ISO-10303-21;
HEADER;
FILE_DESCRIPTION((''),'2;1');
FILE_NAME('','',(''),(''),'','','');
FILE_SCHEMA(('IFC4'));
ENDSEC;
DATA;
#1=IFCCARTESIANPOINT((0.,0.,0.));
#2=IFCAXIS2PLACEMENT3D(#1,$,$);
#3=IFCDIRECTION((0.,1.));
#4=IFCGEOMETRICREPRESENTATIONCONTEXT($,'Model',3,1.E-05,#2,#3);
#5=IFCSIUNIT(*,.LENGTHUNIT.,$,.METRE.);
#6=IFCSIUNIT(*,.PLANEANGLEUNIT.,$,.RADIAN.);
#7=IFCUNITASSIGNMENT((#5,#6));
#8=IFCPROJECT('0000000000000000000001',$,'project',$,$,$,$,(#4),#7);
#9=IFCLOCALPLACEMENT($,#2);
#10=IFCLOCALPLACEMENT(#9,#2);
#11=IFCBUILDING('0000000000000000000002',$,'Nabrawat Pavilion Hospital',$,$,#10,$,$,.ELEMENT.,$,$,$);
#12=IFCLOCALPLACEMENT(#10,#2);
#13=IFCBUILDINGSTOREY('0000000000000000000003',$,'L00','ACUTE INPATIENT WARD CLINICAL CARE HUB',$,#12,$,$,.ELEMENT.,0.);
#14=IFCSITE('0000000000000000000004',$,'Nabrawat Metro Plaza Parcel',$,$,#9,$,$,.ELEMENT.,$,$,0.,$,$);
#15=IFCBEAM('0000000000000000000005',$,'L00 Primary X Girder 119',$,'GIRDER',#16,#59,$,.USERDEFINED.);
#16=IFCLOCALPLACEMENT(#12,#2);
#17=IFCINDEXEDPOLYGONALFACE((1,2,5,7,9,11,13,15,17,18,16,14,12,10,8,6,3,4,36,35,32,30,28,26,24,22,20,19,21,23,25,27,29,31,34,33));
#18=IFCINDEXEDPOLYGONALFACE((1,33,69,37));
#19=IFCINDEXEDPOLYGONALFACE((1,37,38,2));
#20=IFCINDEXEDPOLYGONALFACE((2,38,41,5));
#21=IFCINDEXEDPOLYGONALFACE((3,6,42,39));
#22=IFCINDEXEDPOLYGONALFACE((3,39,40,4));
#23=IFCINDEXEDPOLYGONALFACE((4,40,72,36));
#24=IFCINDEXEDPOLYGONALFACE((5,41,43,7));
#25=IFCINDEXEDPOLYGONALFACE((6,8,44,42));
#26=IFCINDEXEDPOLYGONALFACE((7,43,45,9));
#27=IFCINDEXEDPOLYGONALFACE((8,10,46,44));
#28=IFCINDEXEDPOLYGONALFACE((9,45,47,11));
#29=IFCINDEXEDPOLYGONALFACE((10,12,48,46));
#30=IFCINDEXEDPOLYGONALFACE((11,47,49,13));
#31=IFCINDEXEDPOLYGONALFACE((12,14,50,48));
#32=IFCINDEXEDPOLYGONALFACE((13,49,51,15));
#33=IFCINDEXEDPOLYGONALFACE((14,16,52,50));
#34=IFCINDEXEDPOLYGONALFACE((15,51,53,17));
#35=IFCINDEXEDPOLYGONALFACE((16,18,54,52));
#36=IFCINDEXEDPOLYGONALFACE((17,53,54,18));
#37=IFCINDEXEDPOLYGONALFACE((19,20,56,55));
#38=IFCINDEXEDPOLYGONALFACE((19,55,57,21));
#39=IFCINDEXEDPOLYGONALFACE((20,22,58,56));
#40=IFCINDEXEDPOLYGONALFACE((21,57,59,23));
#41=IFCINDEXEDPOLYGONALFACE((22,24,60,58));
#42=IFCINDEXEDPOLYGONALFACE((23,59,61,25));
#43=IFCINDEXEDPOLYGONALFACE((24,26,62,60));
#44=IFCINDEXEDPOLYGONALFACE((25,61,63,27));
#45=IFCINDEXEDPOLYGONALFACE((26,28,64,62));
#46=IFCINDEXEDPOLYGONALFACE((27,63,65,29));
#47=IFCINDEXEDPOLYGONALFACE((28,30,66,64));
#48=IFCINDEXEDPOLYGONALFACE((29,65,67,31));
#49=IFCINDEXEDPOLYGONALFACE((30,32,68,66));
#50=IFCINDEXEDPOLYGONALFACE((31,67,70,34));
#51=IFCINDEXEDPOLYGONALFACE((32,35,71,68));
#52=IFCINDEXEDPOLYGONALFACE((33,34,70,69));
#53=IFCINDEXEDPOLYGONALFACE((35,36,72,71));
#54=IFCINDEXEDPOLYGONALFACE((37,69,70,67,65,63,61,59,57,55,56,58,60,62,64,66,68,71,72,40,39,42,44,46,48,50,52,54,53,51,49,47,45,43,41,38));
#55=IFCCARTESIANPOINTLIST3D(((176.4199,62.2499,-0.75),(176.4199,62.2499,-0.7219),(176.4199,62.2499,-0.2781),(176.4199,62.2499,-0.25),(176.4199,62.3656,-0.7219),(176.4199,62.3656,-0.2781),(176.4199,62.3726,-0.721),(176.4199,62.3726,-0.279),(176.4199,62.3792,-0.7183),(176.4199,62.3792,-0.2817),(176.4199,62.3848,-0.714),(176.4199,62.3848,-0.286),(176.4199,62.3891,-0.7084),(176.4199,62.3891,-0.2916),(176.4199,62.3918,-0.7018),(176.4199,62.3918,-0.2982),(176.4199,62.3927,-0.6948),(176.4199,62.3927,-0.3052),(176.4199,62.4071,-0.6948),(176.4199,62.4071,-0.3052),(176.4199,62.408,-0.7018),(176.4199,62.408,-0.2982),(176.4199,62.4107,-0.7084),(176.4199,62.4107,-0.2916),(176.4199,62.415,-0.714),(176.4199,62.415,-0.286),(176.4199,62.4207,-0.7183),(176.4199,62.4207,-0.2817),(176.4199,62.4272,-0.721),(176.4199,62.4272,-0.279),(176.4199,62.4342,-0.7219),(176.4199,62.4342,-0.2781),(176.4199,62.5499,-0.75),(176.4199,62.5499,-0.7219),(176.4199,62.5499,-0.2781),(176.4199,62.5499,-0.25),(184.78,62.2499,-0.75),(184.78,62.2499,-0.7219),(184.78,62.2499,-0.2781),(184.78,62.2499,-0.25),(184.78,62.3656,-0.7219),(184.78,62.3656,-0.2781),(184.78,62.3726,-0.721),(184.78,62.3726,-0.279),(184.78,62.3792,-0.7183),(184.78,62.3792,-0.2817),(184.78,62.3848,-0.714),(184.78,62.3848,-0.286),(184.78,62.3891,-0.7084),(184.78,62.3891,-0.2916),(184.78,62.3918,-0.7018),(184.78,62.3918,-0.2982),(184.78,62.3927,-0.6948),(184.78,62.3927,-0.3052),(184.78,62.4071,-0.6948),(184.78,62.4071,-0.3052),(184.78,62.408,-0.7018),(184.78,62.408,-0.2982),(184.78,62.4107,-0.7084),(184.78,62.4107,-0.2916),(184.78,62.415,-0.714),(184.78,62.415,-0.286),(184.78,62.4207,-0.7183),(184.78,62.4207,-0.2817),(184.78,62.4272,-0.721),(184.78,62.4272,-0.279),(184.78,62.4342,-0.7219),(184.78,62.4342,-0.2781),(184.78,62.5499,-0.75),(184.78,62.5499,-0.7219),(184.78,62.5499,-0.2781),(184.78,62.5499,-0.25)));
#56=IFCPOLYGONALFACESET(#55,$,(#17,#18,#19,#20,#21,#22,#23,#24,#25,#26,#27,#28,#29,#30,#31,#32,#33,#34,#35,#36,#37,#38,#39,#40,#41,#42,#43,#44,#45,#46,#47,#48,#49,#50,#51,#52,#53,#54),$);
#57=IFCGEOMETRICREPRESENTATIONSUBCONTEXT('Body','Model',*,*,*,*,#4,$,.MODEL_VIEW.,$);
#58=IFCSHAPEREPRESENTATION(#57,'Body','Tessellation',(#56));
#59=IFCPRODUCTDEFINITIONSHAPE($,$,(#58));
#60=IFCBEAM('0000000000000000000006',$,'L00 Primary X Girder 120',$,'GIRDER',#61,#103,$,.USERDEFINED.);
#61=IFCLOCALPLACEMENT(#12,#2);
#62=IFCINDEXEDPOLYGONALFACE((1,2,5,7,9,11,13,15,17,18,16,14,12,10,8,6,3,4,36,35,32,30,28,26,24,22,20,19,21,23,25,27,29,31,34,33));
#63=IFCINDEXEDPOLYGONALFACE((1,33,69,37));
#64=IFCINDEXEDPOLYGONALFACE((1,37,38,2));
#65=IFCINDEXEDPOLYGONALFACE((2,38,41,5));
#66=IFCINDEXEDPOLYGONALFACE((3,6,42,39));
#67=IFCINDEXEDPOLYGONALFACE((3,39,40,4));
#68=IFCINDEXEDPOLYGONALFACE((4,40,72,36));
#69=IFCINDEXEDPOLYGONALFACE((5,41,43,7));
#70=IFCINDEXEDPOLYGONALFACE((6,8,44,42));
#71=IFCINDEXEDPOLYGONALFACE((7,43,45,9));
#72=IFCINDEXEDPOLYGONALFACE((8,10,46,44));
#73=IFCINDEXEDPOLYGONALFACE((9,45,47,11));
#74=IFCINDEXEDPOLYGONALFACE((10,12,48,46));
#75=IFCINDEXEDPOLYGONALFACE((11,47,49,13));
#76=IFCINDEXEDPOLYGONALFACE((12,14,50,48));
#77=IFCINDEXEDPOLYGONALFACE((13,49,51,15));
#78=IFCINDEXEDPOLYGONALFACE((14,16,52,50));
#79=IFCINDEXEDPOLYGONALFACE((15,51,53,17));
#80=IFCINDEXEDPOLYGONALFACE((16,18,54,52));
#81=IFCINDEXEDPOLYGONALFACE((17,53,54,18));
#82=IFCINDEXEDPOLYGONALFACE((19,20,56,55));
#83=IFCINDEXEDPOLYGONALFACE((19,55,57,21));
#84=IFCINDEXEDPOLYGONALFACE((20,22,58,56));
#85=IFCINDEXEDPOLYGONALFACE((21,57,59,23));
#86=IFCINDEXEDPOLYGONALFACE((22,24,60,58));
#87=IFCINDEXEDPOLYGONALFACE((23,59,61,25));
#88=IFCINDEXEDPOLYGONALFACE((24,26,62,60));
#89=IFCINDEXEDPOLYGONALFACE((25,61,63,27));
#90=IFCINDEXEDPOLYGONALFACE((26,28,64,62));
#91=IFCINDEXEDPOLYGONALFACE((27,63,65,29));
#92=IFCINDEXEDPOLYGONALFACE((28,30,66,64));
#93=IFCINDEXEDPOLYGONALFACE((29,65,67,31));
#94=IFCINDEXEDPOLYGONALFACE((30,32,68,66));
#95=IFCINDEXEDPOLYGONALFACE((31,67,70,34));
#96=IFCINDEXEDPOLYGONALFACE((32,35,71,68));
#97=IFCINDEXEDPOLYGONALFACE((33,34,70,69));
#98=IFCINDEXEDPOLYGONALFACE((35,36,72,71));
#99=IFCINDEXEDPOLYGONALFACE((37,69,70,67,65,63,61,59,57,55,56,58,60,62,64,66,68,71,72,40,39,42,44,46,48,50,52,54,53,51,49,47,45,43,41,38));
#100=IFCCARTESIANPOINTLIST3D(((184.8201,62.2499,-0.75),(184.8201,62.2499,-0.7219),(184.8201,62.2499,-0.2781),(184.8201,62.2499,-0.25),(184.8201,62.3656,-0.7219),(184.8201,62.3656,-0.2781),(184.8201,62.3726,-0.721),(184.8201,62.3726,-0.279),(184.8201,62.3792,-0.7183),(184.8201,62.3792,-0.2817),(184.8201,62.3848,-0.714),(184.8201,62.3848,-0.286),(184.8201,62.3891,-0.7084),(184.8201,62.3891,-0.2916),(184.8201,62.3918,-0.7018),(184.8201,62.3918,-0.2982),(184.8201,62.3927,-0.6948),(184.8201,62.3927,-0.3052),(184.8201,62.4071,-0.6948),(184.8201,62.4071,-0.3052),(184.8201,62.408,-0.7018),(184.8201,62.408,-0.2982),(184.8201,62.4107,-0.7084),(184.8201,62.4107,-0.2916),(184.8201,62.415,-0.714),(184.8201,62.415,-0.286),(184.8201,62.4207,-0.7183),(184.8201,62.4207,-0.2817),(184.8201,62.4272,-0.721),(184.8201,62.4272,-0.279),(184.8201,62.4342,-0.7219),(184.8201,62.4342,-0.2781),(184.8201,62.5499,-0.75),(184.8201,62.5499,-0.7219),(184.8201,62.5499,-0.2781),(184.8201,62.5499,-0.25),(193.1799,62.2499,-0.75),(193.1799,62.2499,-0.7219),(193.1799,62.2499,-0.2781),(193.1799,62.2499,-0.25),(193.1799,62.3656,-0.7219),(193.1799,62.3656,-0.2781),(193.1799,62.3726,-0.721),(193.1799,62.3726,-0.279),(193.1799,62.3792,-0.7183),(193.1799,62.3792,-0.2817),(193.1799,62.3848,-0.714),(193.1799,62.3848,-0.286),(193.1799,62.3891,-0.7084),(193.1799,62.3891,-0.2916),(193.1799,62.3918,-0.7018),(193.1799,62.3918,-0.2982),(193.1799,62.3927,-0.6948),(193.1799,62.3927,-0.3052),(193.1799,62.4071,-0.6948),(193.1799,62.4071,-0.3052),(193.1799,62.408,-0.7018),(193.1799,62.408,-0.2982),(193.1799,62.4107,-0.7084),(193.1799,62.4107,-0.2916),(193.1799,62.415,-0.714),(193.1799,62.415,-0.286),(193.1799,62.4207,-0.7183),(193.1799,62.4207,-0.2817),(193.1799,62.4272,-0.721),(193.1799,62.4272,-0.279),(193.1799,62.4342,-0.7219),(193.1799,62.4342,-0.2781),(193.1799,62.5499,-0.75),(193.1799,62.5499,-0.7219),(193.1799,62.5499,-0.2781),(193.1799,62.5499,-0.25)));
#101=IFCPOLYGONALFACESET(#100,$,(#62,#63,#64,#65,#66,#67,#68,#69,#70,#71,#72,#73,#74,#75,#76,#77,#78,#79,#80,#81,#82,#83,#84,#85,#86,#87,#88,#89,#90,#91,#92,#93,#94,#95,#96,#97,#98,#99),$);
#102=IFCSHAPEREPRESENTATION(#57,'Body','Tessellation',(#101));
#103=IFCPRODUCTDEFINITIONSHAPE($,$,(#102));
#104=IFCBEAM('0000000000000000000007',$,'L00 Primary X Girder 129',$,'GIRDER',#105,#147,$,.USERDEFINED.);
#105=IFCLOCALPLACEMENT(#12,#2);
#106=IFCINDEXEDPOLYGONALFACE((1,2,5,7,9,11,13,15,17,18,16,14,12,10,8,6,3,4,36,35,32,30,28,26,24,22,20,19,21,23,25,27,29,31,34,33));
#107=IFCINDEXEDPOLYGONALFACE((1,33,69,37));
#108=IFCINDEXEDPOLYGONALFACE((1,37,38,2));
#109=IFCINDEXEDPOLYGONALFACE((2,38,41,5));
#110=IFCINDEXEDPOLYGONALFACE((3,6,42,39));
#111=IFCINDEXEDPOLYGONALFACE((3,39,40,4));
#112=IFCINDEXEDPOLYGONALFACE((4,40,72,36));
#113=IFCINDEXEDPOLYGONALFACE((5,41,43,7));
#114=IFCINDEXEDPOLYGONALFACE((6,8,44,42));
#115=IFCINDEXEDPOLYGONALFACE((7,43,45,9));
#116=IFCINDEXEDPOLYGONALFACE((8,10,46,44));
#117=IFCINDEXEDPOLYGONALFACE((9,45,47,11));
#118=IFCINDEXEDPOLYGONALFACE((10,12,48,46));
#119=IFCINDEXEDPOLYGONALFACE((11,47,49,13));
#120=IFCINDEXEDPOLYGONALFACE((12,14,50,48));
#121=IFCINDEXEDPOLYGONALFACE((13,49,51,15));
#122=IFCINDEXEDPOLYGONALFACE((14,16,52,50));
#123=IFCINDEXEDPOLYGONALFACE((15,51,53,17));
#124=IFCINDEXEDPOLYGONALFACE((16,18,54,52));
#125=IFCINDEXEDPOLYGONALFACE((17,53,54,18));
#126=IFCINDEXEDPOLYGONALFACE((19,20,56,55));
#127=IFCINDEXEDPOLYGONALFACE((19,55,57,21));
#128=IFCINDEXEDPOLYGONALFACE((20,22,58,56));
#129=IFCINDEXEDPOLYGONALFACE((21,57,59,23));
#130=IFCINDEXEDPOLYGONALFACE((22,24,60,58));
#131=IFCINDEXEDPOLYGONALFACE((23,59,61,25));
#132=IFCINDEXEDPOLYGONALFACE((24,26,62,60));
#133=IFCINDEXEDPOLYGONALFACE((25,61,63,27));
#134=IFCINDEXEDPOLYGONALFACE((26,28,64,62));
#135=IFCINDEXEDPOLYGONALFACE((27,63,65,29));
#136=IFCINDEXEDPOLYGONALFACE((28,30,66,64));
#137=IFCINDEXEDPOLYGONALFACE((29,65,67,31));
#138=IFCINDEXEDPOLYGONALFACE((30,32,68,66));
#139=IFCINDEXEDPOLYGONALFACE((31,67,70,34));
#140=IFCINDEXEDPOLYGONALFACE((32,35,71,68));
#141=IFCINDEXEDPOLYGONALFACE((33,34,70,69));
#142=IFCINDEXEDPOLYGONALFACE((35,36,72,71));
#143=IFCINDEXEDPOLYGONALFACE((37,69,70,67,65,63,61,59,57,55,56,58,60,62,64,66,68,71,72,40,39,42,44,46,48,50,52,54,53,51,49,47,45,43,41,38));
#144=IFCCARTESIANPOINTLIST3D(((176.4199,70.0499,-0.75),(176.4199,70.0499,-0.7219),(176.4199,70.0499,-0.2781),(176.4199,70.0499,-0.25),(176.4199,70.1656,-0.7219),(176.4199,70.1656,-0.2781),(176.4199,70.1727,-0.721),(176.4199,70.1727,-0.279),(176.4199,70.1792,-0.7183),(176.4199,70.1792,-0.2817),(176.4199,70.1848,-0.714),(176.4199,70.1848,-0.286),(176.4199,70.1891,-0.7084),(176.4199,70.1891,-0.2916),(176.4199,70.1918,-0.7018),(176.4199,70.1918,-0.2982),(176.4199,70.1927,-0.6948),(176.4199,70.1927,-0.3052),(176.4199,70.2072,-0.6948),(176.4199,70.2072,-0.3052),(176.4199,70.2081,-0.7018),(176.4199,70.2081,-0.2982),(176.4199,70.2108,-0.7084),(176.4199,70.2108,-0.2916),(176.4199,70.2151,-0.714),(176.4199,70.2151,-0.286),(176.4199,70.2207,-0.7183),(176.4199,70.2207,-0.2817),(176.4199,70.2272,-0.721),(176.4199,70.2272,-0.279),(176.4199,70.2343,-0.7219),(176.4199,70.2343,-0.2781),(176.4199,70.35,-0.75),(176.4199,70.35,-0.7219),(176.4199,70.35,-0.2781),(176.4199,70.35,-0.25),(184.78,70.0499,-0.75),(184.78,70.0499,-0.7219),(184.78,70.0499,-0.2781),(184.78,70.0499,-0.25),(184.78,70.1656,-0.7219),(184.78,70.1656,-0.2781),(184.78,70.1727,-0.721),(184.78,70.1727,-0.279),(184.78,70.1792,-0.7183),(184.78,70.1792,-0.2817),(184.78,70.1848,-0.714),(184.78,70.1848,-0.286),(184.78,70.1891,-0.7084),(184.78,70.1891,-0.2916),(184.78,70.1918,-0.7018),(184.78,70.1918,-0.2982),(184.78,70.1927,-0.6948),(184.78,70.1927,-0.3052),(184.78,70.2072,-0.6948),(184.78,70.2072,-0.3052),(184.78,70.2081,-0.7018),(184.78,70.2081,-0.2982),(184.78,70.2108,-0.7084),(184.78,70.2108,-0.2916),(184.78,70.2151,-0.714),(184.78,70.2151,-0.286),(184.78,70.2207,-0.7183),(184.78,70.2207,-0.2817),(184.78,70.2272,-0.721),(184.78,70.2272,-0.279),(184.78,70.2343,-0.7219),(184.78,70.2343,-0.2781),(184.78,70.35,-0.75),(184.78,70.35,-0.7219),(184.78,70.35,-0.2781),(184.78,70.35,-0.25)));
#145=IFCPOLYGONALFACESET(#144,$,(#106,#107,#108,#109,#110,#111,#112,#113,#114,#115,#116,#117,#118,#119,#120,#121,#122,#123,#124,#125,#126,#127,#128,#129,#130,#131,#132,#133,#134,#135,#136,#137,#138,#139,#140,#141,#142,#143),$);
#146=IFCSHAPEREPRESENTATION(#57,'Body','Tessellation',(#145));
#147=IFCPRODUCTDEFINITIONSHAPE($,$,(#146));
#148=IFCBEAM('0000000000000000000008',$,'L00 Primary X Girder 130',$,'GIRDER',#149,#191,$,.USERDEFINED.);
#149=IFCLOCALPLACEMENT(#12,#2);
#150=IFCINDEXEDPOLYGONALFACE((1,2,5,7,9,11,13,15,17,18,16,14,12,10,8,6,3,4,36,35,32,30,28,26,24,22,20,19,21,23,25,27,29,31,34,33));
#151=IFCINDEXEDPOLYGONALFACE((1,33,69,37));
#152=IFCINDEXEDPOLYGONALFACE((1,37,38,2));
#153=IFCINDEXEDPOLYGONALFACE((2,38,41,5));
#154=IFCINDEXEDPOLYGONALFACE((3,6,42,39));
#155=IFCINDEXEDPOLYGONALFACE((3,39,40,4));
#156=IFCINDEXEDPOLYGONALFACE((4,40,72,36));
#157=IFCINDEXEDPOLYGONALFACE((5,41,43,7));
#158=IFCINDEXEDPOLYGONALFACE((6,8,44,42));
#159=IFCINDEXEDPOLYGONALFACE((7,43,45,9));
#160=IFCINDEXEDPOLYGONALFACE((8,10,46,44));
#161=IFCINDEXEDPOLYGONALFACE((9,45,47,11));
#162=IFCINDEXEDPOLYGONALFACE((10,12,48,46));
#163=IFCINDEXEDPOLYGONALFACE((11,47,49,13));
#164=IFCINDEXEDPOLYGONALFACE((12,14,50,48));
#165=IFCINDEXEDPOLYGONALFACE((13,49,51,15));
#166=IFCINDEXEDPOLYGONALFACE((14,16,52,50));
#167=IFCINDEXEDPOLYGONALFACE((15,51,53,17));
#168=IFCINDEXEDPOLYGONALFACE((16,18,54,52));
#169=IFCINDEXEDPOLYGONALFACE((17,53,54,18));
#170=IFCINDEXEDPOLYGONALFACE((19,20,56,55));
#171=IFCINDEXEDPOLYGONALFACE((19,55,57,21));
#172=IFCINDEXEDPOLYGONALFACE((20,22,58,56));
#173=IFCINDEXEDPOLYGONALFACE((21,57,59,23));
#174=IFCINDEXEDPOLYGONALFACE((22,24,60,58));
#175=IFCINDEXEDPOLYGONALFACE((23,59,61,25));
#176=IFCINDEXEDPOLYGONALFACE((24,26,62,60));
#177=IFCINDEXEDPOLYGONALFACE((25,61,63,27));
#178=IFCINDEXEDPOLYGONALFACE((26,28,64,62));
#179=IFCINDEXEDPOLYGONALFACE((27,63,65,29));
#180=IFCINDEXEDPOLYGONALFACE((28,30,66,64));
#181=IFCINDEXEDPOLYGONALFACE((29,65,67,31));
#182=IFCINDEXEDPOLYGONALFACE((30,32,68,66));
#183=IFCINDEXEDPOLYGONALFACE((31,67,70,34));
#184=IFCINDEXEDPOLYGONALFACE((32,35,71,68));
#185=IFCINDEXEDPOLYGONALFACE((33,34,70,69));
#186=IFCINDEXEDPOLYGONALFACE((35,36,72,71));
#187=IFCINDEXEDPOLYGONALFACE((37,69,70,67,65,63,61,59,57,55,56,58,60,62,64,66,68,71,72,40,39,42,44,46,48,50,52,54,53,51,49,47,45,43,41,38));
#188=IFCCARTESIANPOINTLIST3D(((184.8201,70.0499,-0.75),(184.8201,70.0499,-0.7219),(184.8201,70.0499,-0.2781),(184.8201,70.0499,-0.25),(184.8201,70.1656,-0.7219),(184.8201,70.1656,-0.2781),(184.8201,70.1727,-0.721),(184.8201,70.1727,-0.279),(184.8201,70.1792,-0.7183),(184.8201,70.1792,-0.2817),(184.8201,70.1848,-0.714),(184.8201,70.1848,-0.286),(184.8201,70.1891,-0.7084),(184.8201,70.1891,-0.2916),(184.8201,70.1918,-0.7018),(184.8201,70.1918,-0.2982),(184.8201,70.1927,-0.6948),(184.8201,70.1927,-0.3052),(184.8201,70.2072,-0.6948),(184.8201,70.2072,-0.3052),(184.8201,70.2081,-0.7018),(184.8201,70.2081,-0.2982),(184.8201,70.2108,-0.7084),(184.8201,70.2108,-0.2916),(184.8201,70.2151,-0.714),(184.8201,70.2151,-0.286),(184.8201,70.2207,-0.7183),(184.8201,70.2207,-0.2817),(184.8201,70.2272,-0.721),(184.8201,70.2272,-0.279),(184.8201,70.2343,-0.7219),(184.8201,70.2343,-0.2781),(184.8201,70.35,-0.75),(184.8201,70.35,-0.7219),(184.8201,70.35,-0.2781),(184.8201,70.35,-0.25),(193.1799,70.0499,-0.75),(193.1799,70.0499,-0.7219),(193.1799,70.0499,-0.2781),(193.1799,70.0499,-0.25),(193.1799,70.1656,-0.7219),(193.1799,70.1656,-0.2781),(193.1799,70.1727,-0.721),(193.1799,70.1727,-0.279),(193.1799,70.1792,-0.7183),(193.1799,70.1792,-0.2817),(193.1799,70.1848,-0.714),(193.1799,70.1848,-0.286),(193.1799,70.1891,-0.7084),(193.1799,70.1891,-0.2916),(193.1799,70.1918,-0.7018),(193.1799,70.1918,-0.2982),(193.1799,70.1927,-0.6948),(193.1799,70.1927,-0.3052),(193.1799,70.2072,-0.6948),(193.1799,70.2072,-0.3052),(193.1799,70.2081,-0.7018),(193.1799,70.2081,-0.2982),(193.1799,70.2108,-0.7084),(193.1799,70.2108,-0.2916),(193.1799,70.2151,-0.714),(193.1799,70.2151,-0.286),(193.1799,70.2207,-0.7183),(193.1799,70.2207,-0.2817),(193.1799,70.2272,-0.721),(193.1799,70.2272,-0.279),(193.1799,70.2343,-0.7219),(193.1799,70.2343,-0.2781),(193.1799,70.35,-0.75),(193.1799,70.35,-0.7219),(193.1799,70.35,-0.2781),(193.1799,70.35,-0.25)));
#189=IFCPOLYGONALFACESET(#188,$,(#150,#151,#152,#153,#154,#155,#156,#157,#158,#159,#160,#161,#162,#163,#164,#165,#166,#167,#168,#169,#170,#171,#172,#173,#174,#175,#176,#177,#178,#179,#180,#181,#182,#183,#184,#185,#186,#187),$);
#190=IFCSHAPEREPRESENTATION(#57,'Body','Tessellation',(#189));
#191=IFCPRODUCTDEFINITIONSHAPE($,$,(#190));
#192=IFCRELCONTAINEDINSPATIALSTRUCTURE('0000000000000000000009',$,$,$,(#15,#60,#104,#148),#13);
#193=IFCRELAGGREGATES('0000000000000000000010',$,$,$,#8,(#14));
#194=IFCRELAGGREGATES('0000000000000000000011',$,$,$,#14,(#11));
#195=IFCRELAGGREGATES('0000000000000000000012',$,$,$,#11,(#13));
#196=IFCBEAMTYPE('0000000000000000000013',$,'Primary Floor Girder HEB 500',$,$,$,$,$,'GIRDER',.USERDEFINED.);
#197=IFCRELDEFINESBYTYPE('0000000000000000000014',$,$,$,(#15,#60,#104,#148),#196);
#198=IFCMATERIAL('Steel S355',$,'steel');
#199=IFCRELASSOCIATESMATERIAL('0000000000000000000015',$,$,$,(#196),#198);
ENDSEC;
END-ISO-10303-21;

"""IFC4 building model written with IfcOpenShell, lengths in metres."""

from ifc_helpers import new_model, si_unit, direction, frame, origin, origin_2d, place, context, subcontext, project, spatial, i_section, extrude, material, material_profile, profile_set, type_object, element, save


model = new_model("IFC4")

# Units and contexts
model_context = context("Model", 3, precision=1e-05, world=origin(), true_north=direction((0.0, 1.0)))
body_context = subcontext(model_context, "Body", "Model", "MODEL_VIEW")
ifc_project = project(units=[si_unit("LENGTHUNIT", "METRE"), si_unit("PLANEANGLEUNIT", "RADIAN")], contexts=[model_context])

# Site, building, storey
site_placement = place(None, origin())
site = spatial("IfcSite", under=ifc_project, at=site_placement, Name="Nabrawat Metro Plaza Parcel", CompositionType="ELEMENT", RefElevation=0.0)
building_placement = place(site_placement, origin())
building = spatial("IfcBuilding", under=site, at=building_placement, Name="Nabrawat Pavilion Hospital", CompositionType="ELEMENT")
storey_placement = place(building_placement, origin())
storey = spatial("IfcBuildingStorey", under=building, at=storey_placement, Name="L00", Description="ACUTE INPATIENT WARD CLINICAL CARE HUB", CompositionType="ELEMENT", Elevation=0.0)

# Shared definitions
ifc_material_1 = material(Name="Steel S355", Category="steel")

# Beams
ifc_material_profile_1 = material_profile(ifc_material_1, i_section(OverallWidth=0.3, OverallDepth=0.5, WebThickness=0.0144, FlangeThickness=0.0281, FilletRadius=0.0271, at=origin_2d()), Name="HEB 500")
ifc_profile_set_1 = profile_set([ifc_material_profile_1], Name="Steel S355")
beam_type_1 = type_object("IfcBeamType", Name="Primary Floor Girder HEB 500", ElementType="GIRDER", PredefinedType="USERDEFINED", material=ifc_profile_set_1)
beam_1_placement = place(storey_placement, frame((176.4199, 62.3999, -0.5), z_axis=(1.0, 0.0, 0.0), x_axis=(0.0, 1.0, 0.0)))
element("IfcBeam", 1, at=beam_1_placement, inside=storey, type_object=beam_type_1, Name="L00 Primary X Girder 119", ObjectType="GIRDER", PredefinedType="USERDEFINED", context=body_context, shape_type="SweptSolid", body=[
    extrude(i_section(OverallWidth=0.3, OverallDepth=0.5, WebThickness=0.0144, FlangeThickness=0.0281, FilletRadius=0.0271, at=origin_2d()), origin(), (0.0, 0.0, 1.0), 8.3601),
])
beam_2_placement = place(storey_placement, frame((184.8201, 62.3999, -0.5), z_axis=(1.0, 0.0, 0.0), x_axis=(0.0, 1.0, 0.0)))
element("IfcBeam", 2, at=beam_2_placement, inside=storey, type_object=beam_type_1, Name="L00 Primary X Girder 120", ObjectType="GIRDER", PredefinedType="USERDEFINED", context=body_context, shape_type="SweptSolid", body=[
    extrude(i_section(OverallWidth=0.3, OverallDepth=0.5, WebThickness=0.0144, FlangeThickness=0.0281, FilletRadius=0.0271, at=origin_2d()), origin(), (0.0, 0.0, 1.0), 8.3599),
])
beam_3_placement = place(storey_placement, frame((176.4199, 70.2, -0.5), z_axis=(1.0, 0.0, 0.0), x_axis=(0.0, 1.0, 0.0)))
element("IfcBeam", 3, at=beam_3_placement, inside=storey, type_object=beam_type_1, Name="L00 Primary X Girder 129", ObjectType="GIRDER", PredefinedType="USERDEFINED", context=body_context, shape_type="SweptSolid", body=[
    extrude(i_section(OverallWidth=0.3, OverallDepth=0.5, WebThickness=0.0144, FlangeThickness=0.0281, FilletRadius=0.0271, at=origin_2d()), origin(), (0.0, 0.0, 1.0), 8.3601),
])
beam_4_placement = place(storey_placement, frame((184.8201, 70.2, -0.5), z_axis=(1.0, 0.0, 0.0), x_axis=(0.0, 1.0, 0.0)))
element("IfcBeam", 4, at=beam_4_placement, inside=storey, type_object=beam_type_1, Name="L00 Primary X Girder 130", ObjectType="GIRDER", PredefinedType="USERDEFINED", context=body_context, shape_type="SweptSolid", body=[
    extrude(i_section(OverallWidth=0.3, OverallDepth=0.5, WebThickness=0.0144, FlangeThickness=0.0281, FilletRadius=0.0271, at=origin_2d()), origin(), (0.0, 0.0, 1.0), 8.3599),
])

save(model, "model.ifc")
